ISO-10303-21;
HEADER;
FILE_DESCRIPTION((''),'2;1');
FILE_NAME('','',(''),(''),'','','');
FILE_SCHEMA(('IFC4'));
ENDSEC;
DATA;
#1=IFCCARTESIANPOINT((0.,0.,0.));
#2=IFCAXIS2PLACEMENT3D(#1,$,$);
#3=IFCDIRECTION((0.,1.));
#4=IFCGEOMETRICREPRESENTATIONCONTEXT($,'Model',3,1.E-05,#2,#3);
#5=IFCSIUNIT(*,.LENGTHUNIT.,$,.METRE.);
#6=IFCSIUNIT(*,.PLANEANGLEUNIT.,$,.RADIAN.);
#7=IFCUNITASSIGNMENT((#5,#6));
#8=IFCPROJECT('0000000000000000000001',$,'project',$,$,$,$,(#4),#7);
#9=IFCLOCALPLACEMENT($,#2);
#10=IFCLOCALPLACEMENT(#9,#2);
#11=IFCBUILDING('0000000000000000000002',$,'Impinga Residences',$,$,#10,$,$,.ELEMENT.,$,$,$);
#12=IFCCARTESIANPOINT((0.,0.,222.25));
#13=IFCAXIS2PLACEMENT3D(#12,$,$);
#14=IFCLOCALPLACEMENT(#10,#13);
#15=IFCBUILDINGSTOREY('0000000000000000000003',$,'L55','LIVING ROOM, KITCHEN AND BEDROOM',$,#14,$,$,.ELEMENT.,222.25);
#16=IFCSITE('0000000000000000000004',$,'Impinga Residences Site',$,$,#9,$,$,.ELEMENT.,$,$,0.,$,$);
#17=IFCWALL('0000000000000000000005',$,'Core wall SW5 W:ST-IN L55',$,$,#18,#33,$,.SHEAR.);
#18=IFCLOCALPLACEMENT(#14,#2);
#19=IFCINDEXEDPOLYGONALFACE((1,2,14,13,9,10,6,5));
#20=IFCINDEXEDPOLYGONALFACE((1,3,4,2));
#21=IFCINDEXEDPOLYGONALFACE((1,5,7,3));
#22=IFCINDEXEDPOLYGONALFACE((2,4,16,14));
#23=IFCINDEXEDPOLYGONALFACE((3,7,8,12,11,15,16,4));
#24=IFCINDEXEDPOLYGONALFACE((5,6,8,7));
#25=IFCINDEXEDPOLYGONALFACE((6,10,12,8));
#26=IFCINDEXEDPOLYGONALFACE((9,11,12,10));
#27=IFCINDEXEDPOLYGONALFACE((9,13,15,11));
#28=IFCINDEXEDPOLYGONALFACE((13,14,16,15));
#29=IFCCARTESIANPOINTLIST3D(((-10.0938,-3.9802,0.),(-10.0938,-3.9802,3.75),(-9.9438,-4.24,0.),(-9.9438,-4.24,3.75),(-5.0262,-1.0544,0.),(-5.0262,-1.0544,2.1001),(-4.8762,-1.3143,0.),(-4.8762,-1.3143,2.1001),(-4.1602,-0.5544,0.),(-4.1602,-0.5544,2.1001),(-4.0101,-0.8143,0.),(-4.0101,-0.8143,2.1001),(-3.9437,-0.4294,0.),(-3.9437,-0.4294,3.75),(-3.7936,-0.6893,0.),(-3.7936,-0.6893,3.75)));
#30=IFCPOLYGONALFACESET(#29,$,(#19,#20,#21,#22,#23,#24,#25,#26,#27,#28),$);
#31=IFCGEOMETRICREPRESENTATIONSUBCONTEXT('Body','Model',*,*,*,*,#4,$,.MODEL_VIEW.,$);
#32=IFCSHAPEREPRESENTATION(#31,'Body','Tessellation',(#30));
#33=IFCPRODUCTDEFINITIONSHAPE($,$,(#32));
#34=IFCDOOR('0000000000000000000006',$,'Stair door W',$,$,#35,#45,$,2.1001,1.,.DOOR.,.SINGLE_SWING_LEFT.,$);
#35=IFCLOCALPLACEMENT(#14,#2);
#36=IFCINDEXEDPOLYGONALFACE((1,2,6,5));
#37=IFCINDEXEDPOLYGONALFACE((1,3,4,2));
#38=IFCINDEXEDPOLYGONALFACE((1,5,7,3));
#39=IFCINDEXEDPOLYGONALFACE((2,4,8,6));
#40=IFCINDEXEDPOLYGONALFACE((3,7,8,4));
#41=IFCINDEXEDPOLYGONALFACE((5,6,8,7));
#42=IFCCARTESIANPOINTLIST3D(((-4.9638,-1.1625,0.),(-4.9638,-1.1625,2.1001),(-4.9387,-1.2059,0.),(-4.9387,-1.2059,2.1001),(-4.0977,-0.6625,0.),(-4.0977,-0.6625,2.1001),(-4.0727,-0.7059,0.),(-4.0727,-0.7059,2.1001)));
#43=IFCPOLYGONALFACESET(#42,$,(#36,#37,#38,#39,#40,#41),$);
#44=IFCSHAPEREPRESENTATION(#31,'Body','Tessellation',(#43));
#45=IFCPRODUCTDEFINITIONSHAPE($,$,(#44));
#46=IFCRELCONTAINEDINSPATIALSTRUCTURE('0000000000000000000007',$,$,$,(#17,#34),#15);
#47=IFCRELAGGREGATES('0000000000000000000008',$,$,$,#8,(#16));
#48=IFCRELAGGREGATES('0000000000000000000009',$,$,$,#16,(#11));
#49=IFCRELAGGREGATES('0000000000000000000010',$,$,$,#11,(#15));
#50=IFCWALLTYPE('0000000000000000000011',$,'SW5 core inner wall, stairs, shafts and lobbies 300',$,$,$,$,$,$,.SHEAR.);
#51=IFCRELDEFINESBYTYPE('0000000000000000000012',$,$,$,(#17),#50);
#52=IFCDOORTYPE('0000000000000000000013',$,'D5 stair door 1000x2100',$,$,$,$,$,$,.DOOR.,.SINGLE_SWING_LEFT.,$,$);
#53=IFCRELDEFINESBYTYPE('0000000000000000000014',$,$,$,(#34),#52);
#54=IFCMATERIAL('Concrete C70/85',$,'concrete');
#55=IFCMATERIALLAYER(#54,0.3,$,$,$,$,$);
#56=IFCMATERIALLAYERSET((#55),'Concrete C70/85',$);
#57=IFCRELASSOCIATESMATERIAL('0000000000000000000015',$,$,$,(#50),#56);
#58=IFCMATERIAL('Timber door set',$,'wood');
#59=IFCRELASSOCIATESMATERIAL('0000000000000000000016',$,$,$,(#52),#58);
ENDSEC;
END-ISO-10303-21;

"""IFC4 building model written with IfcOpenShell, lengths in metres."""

from ifc_helpers import new_model, si_unit, direction, frame, frame_2d, origin, place, context, subcontext, project, spatial, rectangle, extrude, material, layer, layer_set, type_object, element, fill, save


model = new_model("IFC4")

# Units and contexts
model_context = context("Model", 3, precision=1e-05, world=origin(), true_north=direction((0.0, 1.0)))
body_context = subcontext(model_context, "Body", "Model", "MODEL_VIEW")
ifc_project = project(units=[si_unit("LENGTHUNIT", "METRE"), si_unit("PLANEANGLEUNIT", "RADIAN")], contexts=[model_context])

# Site, building, storey
site_placement = place(None, origin())
site = spatial("IfcSite", under=ifc_project, at=site_placement, Name="Impinga Residences Site", CompositionType="ELEMENT", RefElevation=0.0)
building_placement = place(site_placement, origin())
building = spatial("IfcBuilding", under=site, at=building_placement, Name="Impinga Residences", CompositionType="ELEMENT")
storey_placement = place(building_placement, frame((0.0, 0.0, 222.25)))
storey = spatial("IfcBuildingStorey", under=building, at=storey_placement, Name="L55", Description="LIVING ROOM, KITCHEN AND BEDROOM", CompositionType="ELEMENT", Elevation=222.25)

# Wall, opening, door
ifc_material_1 = material(Name="Concrete C70/85", Category="concrete")
ifc_layer_1 = layer(ifc_material_1, 0.3)
ifc_layer_set_1 = layer_set([ifc_layer_1], Name="Concrete C70/85")
wall_type_1 = type_object("IfcWallType", Name="SW5 core inner wall, stairs, shafts and lobbies 300", PredefinedType="SHEAR", material=ifc_layer_set_1)
wall_1_placement = place(storey_placement, frame((-3.8687, -0.5593, 0.0), z_axis=(0.0, 0.0, 1.0), x_axis=(-0.866026, -0.499999, 0.0)))
wall_1 = element("IfcWall", 1, at=wall_1_placement, inside=storey, type_object=wall_type_1, Name="Core wall SW5 W:ST-IN L55", PredefinedType="SHEAR", context=body_context, shape_type="SweptSolid", body=[
    extrude(rectangle(XDim=7.1016, YDim=0.3, at=frame_2d((3.5508, 0.0))), origin(), (0.0, 0.0, 1.0), 3.75),
])
opening_1_placement = place(wall_1_placement, frame((0.25, 0.0, 0.0)))
opening_1 = element("IfcOpeningElement", 2, at=opening_1_placement, cuts=wall_1, PredefinedType="OPENING", context=body_context, shape_type="SweptSolid", body=[
    extrude(rectangle(XDim=1.0, YDim=2.1001, at=frame_2d((0.5, 1.05))), frame((0.0, 0.1599, 0.0), z_axis=(0.0, -1.0, 0.0), x_axis=(1.0, 0.0, 0.0)), (0.0, 0.0, 1.0), 0.3201),
])
ifc_material_2 = material(Name="Timber door set", Category="wood")
door_type_1 = type_object("IfcDoorType", Name="D5 stair door 1000x2100", OperationType="SINGLE_SWING_LEFT", PredefinedType="DOOR", material=ifc_material_2)
door_1_placement = place(opening_1_placement, origin())
door_1 = element("IfcDoor", 3, at=door_1_placement, inside=storey, type_object=door_type_1, Name="Stair door W", OperationType="SINGLE_SWING_LEFT", OverallHeight=2.1001, OverallWidth=1.0, PredefinedType="DOOR", context=body_context, shape_type="SweptSolid", body=[
    extrude(rectangle(XDim=1.0, YDim=2.1001, at=frame_2d((0.5, 1.05))), frame((0.0, 0.0249, 0.0), z_axis=(0.0, -1.0, 0.0), x_axis=(1.0, 0.0, 0.0)), (0.0, 0.0, 1.0), 0.05),
])
fill(opening_1, door_1)

save(model, "model.ifc")
